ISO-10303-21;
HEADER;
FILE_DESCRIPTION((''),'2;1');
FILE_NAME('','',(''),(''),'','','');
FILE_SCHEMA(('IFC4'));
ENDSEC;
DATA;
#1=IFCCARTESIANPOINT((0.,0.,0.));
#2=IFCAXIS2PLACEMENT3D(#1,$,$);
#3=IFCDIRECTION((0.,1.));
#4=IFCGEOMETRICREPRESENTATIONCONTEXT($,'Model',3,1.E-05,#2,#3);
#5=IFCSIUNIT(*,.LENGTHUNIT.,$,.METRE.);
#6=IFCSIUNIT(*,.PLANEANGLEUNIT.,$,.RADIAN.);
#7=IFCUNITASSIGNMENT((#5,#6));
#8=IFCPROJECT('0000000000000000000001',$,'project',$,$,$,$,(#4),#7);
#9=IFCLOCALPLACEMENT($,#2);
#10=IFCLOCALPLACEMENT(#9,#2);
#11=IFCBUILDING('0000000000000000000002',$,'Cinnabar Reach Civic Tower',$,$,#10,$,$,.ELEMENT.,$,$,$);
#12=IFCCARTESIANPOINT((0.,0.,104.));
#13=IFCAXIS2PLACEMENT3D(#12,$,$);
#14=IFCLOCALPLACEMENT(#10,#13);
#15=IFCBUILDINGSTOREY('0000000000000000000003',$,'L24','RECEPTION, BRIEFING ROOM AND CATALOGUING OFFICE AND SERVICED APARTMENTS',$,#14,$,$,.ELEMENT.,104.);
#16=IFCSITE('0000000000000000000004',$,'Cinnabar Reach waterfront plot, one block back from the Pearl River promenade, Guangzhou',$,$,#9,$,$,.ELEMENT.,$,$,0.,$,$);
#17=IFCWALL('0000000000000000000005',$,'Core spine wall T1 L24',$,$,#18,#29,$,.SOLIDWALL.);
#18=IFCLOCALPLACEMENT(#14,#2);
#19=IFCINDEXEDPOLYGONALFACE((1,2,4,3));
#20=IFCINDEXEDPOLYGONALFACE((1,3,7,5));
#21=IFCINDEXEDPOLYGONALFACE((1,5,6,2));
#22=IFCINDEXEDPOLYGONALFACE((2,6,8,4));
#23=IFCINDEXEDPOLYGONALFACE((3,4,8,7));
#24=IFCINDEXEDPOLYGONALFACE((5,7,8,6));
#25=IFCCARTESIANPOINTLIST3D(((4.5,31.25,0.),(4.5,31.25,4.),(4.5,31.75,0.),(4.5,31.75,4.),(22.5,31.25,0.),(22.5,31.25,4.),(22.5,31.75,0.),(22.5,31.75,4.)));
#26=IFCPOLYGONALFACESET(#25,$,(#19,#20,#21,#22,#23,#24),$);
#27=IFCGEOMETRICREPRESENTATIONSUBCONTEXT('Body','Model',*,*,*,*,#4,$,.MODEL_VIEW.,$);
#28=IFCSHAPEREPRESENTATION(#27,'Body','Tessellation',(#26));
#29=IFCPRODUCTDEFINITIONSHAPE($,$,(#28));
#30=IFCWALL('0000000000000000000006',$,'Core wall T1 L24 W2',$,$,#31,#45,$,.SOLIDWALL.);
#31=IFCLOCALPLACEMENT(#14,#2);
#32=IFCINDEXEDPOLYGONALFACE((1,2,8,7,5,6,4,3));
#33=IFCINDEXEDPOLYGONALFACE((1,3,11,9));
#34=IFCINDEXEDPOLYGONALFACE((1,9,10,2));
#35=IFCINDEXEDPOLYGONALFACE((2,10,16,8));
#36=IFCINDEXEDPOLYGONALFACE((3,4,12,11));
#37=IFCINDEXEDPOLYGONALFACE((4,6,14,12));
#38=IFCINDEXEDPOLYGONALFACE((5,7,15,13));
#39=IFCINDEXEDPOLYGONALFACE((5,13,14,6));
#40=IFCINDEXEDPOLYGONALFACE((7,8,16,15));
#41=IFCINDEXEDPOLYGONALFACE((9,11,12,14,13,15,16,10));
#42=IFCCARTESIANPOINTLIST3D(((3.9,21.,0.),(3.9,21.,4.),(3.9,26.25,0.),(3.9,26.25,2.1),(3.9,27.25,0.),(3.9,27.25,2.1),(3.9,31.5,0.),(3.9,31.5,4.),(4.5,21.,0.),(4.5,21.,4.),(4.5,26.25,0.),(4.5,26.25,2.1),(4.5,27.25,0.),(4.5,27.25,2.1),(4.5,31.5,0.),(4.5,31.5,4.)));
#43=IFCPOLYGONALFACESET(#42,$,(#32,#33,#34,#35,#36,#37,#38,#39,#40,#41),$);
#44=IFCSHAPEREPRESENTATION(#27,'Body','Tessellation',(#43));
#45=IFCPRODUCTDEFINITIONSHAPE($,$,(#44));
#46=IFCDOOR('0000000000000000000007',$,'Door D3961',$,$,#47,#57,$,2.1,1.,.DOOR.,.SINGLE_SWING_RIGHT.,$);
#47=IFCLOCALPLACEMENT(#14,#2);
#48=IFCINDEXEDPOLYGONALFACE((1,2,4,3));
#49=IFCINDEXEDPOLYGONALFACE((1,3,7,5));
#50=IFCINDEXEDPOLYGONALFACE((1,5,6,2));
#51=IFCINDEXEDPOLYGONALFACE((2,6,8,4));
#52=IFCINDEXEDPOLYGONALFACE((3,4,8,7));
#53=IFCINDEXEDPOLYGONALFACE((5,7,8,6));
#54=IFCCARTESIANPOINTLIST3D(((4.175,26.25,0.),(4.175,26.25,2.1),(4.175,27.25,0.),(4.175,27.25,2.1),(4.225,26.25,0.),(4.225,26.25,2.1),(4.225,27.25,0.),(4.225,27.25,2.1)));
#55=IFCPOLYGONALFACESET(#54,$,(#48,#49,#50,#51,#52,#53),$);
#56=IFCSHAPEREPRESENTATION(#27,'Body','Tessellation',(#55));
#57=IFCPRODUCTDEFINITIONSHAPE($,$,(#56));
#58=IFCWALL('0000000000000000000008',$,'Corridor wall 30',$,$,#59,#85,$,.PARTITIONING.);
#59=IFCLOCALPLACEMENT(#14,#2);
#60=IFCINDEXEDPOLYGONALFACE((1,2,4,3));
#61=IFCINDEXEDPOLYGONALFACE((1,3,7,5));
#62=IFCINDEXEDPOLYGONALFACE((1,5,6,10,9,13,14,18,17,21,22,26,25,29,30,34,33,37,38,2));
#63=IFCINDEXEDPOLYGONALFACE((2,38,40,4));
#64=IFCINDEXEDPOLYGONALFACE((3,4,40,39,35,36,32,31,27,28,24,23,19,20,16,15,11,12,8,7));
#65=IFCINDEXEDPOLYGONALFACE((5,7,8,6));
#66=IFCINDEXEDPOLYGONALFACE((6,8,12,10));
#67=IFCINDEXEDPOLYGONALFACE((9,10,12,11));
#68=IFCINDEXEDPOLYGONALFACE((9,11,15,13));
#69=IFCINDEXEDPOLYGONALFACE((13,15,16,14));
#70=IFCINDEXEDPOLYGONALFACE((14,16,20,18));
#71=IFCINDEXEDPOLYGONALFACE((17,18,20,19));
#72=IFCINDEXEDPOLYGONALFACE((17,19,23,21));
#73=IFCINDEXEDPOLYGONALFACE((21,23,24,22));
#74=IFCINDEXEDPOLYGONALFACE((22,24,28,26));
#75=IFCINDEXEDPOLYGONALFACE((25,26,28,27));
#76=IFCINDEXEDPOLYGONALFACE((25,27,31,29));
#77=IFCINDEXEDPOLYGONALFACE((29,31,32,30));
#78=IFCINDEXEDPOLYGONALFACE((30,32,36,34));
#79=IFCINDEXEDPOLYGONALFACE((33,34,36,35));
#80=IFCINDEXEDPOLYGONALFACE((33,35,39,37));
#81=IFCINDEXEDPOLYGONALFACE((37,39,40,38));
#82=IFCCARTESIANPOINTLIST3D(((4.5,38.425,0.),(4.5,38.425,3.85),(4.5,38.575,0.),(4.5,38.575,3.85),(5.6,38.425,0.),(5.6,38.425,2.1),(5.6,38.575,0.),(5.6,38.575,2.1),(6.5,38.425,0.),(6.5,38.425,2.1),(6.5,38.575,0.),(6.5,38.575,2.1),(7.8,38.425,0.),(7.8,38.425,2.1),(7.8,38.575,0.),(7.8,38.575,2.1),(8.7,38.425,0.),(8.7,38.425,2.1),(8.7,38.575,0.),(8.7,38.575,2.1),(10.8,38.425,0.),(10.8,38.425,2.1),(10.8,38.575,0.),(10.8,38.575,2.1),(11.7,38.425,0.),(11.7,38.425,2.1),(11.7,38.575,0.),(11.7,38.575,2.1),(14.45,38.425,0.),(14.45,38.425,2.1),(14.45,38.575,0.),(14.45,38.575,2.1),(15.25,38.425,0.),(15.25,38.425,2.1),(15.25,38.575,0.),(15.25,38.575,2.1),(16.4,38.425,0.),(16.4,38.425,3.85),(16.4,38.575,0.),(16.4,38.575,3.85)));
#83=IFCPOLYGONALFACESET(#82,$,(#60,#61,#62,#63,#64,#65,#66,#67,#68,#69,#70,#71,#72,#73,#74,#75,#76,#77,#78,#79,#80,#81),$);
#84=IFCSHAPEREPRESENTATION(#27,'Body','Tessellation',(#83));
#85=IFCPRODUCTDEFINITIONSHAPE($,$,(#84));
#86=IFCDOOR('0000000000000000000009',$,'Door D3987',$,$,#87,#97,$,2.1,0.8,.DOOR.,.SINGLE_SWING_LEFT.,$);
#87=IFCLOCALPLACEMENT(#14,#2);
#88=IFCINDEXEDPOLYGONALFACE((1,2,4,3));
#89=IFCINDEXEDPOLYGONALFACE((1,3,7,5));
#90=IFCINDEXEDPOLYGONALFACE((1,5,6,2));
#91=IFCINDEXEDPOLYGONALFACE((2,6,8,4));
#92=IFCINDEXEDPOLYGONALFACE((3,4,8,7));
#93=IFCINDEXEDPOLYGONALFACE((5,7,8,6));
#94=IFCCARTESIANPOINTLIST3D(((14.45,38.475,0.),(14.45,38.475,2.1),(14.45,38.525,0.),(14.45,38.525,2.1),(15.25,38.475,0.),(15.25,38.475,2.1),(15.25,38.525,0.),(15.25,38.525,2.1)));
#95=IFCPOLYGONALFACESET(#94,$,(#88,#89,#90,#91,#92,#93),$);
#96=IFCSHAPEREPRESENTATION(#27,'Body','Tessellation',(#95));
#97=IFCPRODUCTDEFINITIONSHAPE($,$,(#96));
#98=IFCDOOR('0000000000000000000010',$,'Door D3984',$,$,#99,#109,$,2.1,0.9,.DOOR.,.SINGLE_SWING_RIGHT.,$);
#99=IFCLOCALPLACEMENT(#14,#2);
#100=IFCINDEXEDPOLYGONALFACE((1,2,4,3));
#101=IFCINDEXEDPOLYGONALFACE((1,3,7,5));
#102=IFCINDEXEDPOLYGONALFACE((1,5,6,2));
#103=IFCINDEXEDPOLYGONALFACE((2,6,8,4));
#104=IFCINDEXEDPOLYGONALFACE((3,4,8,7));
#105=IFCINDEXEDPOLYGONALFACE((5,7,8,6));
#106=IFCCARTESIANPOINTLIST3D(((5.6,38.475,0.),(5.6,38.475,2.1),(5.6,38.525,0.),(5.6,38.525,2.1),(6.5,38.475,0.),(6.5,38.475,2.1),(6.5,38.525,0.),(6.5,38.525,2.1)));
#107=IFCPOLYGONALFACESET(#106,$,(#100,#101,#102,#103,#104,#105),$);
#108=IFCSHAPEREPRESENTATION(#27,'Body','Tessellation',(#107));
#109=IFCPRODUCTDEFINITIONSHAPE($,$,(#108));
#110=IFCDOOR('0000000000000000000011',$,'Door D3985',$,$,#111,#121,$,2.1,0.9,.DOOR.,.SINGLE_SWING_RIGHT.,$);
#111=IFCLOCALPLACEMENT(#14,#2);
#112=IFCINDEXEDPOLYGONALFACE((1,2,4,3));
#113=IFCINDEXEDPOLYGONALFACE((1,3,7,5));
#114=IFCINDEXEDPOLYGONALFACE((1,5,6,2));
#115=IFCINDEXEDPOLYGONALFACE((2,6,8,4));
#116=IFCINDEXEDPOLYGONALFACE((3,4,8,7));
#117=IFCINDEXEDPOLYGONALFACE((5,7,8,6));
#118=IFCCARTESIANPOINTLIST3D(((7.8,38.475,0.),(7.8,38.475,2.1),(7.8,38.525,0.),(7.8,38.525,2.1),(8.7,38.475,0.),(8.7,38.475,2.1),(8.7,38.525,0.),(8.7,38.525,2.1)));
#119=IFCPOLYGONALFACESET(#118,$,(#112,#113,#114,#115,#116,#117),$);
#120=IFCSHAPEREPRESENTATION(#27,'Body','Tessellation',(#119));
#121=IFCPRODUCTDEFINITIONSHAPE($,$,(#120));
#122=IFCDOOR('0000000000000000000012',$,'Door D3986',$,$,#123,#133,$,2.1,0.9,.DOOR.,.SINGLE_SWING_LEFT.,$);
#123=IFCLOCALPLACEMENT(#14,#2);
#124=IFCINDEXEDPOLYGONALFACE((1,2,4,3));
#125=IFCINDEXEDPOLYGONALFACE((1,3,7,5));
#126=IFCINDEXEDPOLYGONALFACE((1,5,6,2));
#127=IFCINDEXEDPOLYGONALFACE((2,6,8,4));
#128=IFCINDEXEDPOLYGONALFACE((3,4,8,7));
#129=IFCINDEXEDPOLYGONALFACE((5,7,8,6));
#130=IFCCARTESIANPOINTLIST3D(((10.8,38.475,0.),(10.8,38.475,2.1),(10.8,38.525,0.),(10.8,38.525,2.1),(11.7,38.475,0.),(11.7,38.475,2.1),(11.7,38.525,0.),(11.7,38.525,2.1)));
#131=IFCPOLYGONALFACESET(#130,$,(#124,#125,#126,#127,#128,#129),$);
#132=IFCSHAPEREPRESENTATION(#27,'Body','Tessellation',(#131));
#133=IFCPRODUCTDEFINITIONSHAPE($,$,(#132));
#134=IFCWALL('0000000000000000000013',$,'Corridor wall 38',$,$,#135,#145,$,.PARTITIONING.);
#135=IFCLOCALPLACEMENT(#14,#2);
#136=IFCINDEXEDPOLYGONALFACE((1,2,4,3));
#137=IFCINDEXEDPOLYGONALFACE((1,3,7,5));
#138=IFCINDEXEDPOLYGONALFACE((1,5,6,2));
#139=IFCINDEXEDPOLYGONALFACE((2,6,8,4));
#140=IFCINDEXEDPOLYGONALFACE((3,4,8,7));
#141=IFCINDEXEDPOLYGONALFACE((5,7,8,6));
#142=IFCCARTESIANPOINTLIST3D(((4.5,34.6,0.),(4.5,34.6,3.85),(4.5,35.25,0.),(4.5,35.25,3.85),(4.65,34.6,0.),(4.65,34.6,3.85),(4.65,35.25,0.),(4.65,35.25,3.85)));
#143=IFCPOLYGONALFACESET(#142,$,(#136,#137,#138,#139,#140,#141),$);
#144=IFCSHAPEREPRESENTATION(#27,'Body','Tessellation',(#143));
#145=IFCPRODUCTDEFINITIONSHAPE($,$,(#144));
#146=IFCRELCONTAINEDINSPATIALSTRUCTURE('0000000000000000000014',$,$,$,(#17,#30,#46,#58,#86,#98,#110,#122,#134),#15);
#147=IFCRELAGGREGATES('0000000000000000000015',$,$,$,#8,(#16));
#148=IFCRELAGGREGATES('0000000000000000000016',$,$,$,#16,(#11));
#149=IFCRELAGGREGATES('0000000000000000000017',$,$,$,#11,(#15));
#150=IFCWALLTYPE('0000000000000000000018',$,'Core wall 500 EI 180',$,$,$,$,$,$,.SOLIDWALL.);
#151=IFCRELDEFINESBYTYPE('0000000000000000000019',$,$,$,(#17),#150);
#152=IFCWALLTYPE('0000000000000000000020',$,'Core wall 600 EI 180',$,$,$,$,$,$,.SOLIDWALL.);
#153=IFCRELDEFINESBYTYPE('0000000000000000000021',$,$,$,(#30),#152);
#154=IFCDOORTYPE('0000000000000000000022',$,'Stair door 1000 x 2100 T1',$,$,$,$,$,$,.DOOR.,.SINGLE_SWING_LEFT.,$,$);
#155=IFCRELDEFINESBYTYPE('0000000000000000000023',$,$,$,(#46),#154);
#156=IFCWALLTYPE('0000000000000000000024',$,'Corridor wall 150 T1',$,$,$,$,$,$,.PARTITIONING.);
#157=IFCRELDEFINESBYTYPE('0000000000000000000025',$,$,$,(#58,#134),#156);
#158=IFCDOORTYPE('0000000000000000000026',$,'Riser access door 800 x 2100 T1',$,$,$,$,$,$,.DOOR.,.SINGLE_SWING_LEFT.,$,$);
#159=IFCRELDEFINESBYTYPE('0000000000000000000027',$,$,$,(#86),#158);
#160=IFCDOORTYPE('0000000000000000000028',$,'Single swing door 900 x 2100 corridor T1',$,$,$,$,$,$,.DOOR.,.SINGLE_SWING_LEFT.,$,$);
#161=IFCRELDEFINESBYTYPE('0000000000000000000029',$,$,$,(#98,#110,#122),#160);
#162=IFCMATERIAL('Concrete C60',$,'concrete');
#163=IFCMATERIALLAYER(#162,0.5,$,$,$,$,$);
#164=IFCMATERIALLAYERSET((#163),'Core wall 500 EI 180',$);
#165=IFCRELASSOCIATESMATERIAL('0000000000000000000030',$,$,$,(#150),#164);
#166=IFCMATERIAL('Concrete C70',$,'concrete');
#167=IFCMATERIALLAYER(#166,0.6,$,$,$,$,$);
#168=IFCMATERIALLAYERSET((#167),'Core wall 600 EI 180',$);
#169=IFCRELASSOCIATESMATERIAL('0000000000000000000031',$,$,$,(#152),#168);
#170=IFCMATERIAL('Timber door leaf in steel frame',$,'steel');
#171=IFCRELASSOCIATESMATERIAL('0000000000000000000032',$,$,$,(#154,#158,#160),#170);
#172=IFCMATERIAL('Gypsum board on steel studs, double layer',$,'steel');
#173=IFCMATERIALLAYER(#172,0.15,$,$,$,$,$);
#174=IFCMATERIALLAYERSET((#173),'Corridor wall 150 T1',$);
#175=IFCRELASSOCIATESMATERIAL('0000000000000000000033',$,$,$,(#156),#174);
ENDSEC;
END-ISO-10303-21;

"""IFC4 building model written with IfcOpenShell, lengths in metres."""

from ifc_helpers import new_model, si_unit, direction, frame, frame_2d, origin, place, context, subcontext, project, spatial, rectangle, extrude, material, layer, layer_set, type_object, element, fill, save


model = new_model("IFC4")

# Units and contexts
model_context = context("Model", 3, precision=1e-05, world=origin(), true_north=direction((0.0, 1.0)))
body_context = subcontext(model_context, "Body", "Model", "MODEL_VIEW")
ifc_project = project(units=[si_unit("LENGTHUNIT", "METRE"), si_unit("PLANEANGLEUNIT", "RADIAN")], contexts=[model_context])

# Site, building, storey
site_placement = place(None, origin())
site = spatial("IfcSite", under=ifc_project, at=site_placement, Name="Cinnabar Reach waterfront plot, one block back from the Pearl River promenade, Guangzhou", CompositionType="ELEMENT", RefElevation=0.0)
building_placement = place(site_placement, origin())
building = spatial("IfcBuilding", under=site, at=building_placement, Name="Cinnabar Reach Civic Tower", CompositionType="ELEMENT")
storey_placement = place(building_placement, frame((0.0, 0.0, 104.0)))
storey = spatial("IfcBuildingStorey", under=building, at=storey_placement, Name="L24", Description="RECEPTION, BRIEFING ROOM AND CATALOGUING OFFICE AND SERVICED APARTMENTS", CompositionType="ELEMENT", Elevation=104.0)

# Wall
ifc_material_1 = material(Name="Concrete C60", Category="concrete")
ifc_layer_1 = layer(ifc_material_1, 0.5)
ifc_layer_set_1 = layer_set([ifc_layer_1], Name="Core wall 500 EI 180")
wall_type_1 = type_object("IfcWallType", Name="Core wall 500 EI 180", PredefinedType="SOLIDWALL", material=ifc_layer_set_1)
wall_1_placement = place(storey_placement, frame((4.5, 31.5, 0.0), z_axis=(0.0, 0.0, 1.0), x_axis=(1.0, 0.0, 0.0)))
element("IfcWall", 1, at=wall_1_placement, inside=storey, type_object=wall_type_1, Name="Core spine wall T1 L24", PredefinedType="SOLIDWALL", context=body_context, shape_type="SweptSolid", body=[
    extrude(rectangle(XDim=18.0, YDim=0.5, at=frame_2d((9.0, 0.0))), origin(), (0.0, 0.0, 1.0), 4.0),
])

# Wall, opening, door
ifc_material_2 = material(Name="Concrete C70", Category="concrete")
ifc_layer_2 = layer(ifc_material_2, 0.6)
ifc_layer_set_2 = layer_set([ifc_layer_2], Name="Core wall 600 EI 180")
wall_type_2 = type_object("IfcWallType", Name="Core wall 600 EI 180", PredefinedType="SOLIDWALL", material=ifc_layer_set_2)
wall_2_placement = place(storey_placement, frame((4.2, 31.5, 0.0), z_axis=(0.0, 0.0, 1.0), x_axis=(0.0, -1.0, 0.0)))
wall_2 = element("IfcWall", 2, at=wall_2_placement, inside=storey, type_object=wall_type_2, Name="Core wall T1 L24 W2", PredefinedType="SOLIDWALL", context=body_context, shape_type="SweptSolid", body=[
    extrude(rectangle(XDim=10.5, YDim=0.6, at=frame_2d((5.25, 0.0))), origin(), (0.0, 0.0, 1.0), 4.0),
])
opening_1_placement = place(wall_2_placement, frame((4.25, 0.0, 0.0)))
opening_1 = element("IfcOpeningElement", 3, at=opening_1_placement, cuts=wall_2, PredefinedType="OPENING", context=body_context, shape_type="SweptSolid", body=[
    extrude(rectangle(XDim=1.0, YDim=2.1, at=frame_2d((0.5, 1.05))), frame((0.0, 0.31, 0.0), z_axis=(0.0, -1.0, 0.0), x_axis=(1.0, 0.0, 0.0)), (0.0, 0.0, 1.0), 0.62),
])
ifc_material_3 = material(Name="Timber door leaf in steel frame", Category="steel")
door_type_1 = type_object("IfcDoorType", Name="Stair door 1000 x 2100 T1", OperationType="SINGLE_SWING_LEFT", PredefinedType="DOOR", material=ifc_material_3)
door_1_placement = place(opening_1_placement, frame((1.0, 0.0, 0.0), z_axis=(0.0, 0.0, 1.0), x_axis=(-1.0, 0.0, 0.0)))
door_1 = element("IfcDoor", 4, at=door_1_placement, inside=storey, type_object=door_type_1, Name="Door D3961", OperationType="SINGLE_SWING_RIGHT", OverallHeight=2.1, OverallWidth=1.0, PredefinedType="DOOR", context=body_context, shape_type="SweptSolid", body=[
    extrude(rectangle(XDim=1.0, YDim=2.1, at=frame_2d((0.5, 1.05))), frame((0.0, 0.025, 0.0), z_axis=(0.0, -1.0, 0.0), x_axis=(1.0, 0.0, 0.0)), (0.0, 0.0, 1.0), 0.05),
])
fill(opening_1, door_1)

# Wall, openings, doors
ifc_material_4 = material(Name="Gypsum board on steel studs, double layer", Category="steel")
ifc_layer_3 = layer(ifc_material_4, 0.15)
ifc_layer_set_3 = layer_set([ifc_layer_3], Name="Corridor wall 150 T1")
wall_type_3 = type_object("IfcWallType", Name="Corridor wall 150 T1", PredefinedType="PARTITIONING", material=ifc_layer_set_3)
wall_3_placement = place(storey_placement, frame((4.5, 38.5, 0.0), z_axis=(0.0, 0.0, 1.0), x_axis=(1.0, 0.0, 0.0)))
wall_3 = element("IfcWall", 5, at=wall_3_placement, inside=storey, type_object=wall_type_3, Name="Corridor wall 30", PredefinedType="PARTITIONING", context=body_context, shape_type="SweptSolid", body=[
    extrude(rectangle(XDim=11.9, YDim=0.15, at=frame_2d((5.95, 0.0))), origin(), (0.0, 0.0, 1.0), 3.85),
])
opening_2_placement = place(wall_3_placement, frame((1.1, 0.0, 0.0)))
opening_2 = element("IfcOpeningElement", 6, at=opening_2_placement, cuts=wall_3, PredefinedType="OPENING", context=body_context, shape_type="SweptSolid", body=[
    extrude(rectangle(XDim=0.9, YDim=2.1, at=frame_2d((0.45, 1.05))), frame((0.0, 0.085, 0.0), z_axis=(0.0, -1.0, 0.0), x_axis=(1.0, 0.0, 0.0)), (0.0, 0.0, 1.0), 0.17),
])
opening_3_placement = place(wall_3_placement, frame((3.3, 0.0, 0.0)))
opening_3 = element("IfcOpeningElement", 7, at=opening_3_placement, cuts=wall_3, PredefinedType="OPENING", context=body_context, shape_type="SweptSolid", body=[
    extrude(rectangle(XDim=0.9, YDim=2.1, at=frame_2d((0.45, 1.05))), frame((0.0, 0.085, 0.0), z_axis=(0.0, -1.0, 0.0), x_axis=(1.0, 0.0, 0.0)), (0.0, 0.0, 1.0), 0.17),
])
opening_4_placement = place(wall_3_placement, frame((6.3, 0.0, 0.0)))
opening_4 = element("IfcOpeningElement", 8, at=opening_4_placement, cuts=wall_3, PredefinedType="OPENING", context=body_context, shape_type="SweptSolid", body=[
    extrude(rectangle(XDim=0.9, YDim=2.1, at=frame_2d((0.45, 1.05))), frame((0.0, 0.085, 0.0), z_axis=(0.0, -1.0, 0.0), x_axis=(1.0, 0.0, 0.0)), (0.0, 0.0, 1.0), 0.17),
])
opening_5_placement = place(wall_3_placement, frame((9.95, 0.0, 0.0)))
opening_5 = element("IfcOpeningElement", 9, at=opening_5_placement, cuts=wall_3, PredefinedType="OPENING", context=body_context, shape_type="SweptSolid", body=[
    extrude(rectangle(XDim=0.8, YDim=2.1, at=frame_2d((0.4, 1.05))), frame((0.0, 0.085, 0.0), z_axis=(0.0, -1.0, 0.0), x_axis=(1.0, 0.0, 0.0)), (0.0, 0.0, 1.0), 0.17),
])
door_type_2 = type_object("IfcDoorType", Name="Riser access door 800 x 2100 T1", OperationType="SINGLE_SWING_LEFT", PredefinedType="DOOR", material=ifc_material_3)
door_2_placement = place(opening_5_placement, origin())
door_2 = element("IfcDoor", 10, at=door_2_placement, inside=storey, type_object=door_type_2, Name="Door D3987", OperationType="SINGLE_SWING_LEFT", OverallHeight=2.1, OverallWidth=0.8, PredefinedType="DOOR", context=body_context, shape_type="SweptSolid", body=[
    extrude(rectangle(XDim=0.8, YDim=2.1, at=frame_2d((0.4, 1.05))), frame((0.0, 0.025, 0.0), z_axis=(0.0, -1.0, 0.0), x_axis=(1.0, 0.0, 0.0)), (0.0, 0.0, 1.0), 0.05),
])
fill(opening_5, door_2)
door_type_3 = type_object("IfcDoorType", Name="Single swing door 900 x 2100 corridor T1", OperationType="SINGLE_SWING_LEFT", PredefinedType="DOOR", material=ifc_material_3)
door_3_placement = place(opening_2_placement, origin())
door_3 = element("IfcDoor", 11, at=door_3_placement, inside=storey, type_object=door_type_3, Name="Door D3984", OperationType="SINGLE_SWING_RIGHT", OverallHeight=2.1, OverallWidth=0.9, PredefinedType="DOOR", context=body_context, shape_type="SweptSolid", body=[
    extrude(rectangle(XDim=0.9, YDim=2.1, at=frame_2d((0.45, 1.05))), frame((0.0, 0.025, 0.0), z_axis=(0.0, -1.0, 0.0), x_axis=(1.0, 0.0, 0.0)), (0.0, 0.0, 1.0), 0.05),
])
fill(opening_2, door_3)
door_4_placement = place(opening_3_placement, origin())
door_4 = element("IfcDoor", 12, at=door_4_placement, inside=storey, type_object=door_type_3, Name="Door D3985", OperationType="SINGLE_SWING_RIGHT", OverallHeight=2.1, OverallWidth=0.9, PredefinedType="DOOR", context=body_context, shape_type="SweptSolid", body=[
    extrude(rectangle(XDim=0.9, YDim=2.1, at=frame_2d((0.45, 1.05))), frame((0.0, 0.025, 0.0), z_axis=(0.0, -1.0, 0.0), x_axis=(1.0, 0.0, 0.0)), (0.0, 0.0, 1.0), 0.05),
])
fill(opening_3, door_4)
door_5_placement = place(opening_4_placement, origin())
door_5 = element("IfcDoor", 13, at=door_5_placement, inside=storey, type_object=door_type_3, Name="Door D3986", OperationType="SINGLE_SWING_LEFT", OverallHeight=2.1, OverallWidth=0.9, PredefinedType="DOOR", context=body_context, shape_type="SweptSolid", body=[
    extrude(rectangle(XDim=0.9, YDim=2.1, at=frame_2d((0.45, 1.05))), frame((0.0, 0.025, 0.0), z_axis=(0.0, -1.0, 0.0), x_axis=(1.0, 0.0, 0.0)), (0.0, 0.0, 1.0), 0.05),
])
fill(opening_4, door_5)

# Wall
wall_4_placement = place(storey_placement, frame((4.575, 34.6, 0.0), z_axis=(0.0, 0.0, 1.0), x_axis=(0.0, 1.0, 0.0)))
element("IfcWall", 14, at=wall_4_placement, inside=storey, type_object=wall_type_3, Name="Corridor wall 38", PredefinedType="PARTITIONING", context=body_context, shape_type="SweptSolid", body=[
    extrude(rectangle(XDim=0.65, YDim=0.15, at=frame_2d((0.325, 0.0))), origin(), (0.0, 0.0, 1.0), 3.85),
])

save(model, "model.ifc")
